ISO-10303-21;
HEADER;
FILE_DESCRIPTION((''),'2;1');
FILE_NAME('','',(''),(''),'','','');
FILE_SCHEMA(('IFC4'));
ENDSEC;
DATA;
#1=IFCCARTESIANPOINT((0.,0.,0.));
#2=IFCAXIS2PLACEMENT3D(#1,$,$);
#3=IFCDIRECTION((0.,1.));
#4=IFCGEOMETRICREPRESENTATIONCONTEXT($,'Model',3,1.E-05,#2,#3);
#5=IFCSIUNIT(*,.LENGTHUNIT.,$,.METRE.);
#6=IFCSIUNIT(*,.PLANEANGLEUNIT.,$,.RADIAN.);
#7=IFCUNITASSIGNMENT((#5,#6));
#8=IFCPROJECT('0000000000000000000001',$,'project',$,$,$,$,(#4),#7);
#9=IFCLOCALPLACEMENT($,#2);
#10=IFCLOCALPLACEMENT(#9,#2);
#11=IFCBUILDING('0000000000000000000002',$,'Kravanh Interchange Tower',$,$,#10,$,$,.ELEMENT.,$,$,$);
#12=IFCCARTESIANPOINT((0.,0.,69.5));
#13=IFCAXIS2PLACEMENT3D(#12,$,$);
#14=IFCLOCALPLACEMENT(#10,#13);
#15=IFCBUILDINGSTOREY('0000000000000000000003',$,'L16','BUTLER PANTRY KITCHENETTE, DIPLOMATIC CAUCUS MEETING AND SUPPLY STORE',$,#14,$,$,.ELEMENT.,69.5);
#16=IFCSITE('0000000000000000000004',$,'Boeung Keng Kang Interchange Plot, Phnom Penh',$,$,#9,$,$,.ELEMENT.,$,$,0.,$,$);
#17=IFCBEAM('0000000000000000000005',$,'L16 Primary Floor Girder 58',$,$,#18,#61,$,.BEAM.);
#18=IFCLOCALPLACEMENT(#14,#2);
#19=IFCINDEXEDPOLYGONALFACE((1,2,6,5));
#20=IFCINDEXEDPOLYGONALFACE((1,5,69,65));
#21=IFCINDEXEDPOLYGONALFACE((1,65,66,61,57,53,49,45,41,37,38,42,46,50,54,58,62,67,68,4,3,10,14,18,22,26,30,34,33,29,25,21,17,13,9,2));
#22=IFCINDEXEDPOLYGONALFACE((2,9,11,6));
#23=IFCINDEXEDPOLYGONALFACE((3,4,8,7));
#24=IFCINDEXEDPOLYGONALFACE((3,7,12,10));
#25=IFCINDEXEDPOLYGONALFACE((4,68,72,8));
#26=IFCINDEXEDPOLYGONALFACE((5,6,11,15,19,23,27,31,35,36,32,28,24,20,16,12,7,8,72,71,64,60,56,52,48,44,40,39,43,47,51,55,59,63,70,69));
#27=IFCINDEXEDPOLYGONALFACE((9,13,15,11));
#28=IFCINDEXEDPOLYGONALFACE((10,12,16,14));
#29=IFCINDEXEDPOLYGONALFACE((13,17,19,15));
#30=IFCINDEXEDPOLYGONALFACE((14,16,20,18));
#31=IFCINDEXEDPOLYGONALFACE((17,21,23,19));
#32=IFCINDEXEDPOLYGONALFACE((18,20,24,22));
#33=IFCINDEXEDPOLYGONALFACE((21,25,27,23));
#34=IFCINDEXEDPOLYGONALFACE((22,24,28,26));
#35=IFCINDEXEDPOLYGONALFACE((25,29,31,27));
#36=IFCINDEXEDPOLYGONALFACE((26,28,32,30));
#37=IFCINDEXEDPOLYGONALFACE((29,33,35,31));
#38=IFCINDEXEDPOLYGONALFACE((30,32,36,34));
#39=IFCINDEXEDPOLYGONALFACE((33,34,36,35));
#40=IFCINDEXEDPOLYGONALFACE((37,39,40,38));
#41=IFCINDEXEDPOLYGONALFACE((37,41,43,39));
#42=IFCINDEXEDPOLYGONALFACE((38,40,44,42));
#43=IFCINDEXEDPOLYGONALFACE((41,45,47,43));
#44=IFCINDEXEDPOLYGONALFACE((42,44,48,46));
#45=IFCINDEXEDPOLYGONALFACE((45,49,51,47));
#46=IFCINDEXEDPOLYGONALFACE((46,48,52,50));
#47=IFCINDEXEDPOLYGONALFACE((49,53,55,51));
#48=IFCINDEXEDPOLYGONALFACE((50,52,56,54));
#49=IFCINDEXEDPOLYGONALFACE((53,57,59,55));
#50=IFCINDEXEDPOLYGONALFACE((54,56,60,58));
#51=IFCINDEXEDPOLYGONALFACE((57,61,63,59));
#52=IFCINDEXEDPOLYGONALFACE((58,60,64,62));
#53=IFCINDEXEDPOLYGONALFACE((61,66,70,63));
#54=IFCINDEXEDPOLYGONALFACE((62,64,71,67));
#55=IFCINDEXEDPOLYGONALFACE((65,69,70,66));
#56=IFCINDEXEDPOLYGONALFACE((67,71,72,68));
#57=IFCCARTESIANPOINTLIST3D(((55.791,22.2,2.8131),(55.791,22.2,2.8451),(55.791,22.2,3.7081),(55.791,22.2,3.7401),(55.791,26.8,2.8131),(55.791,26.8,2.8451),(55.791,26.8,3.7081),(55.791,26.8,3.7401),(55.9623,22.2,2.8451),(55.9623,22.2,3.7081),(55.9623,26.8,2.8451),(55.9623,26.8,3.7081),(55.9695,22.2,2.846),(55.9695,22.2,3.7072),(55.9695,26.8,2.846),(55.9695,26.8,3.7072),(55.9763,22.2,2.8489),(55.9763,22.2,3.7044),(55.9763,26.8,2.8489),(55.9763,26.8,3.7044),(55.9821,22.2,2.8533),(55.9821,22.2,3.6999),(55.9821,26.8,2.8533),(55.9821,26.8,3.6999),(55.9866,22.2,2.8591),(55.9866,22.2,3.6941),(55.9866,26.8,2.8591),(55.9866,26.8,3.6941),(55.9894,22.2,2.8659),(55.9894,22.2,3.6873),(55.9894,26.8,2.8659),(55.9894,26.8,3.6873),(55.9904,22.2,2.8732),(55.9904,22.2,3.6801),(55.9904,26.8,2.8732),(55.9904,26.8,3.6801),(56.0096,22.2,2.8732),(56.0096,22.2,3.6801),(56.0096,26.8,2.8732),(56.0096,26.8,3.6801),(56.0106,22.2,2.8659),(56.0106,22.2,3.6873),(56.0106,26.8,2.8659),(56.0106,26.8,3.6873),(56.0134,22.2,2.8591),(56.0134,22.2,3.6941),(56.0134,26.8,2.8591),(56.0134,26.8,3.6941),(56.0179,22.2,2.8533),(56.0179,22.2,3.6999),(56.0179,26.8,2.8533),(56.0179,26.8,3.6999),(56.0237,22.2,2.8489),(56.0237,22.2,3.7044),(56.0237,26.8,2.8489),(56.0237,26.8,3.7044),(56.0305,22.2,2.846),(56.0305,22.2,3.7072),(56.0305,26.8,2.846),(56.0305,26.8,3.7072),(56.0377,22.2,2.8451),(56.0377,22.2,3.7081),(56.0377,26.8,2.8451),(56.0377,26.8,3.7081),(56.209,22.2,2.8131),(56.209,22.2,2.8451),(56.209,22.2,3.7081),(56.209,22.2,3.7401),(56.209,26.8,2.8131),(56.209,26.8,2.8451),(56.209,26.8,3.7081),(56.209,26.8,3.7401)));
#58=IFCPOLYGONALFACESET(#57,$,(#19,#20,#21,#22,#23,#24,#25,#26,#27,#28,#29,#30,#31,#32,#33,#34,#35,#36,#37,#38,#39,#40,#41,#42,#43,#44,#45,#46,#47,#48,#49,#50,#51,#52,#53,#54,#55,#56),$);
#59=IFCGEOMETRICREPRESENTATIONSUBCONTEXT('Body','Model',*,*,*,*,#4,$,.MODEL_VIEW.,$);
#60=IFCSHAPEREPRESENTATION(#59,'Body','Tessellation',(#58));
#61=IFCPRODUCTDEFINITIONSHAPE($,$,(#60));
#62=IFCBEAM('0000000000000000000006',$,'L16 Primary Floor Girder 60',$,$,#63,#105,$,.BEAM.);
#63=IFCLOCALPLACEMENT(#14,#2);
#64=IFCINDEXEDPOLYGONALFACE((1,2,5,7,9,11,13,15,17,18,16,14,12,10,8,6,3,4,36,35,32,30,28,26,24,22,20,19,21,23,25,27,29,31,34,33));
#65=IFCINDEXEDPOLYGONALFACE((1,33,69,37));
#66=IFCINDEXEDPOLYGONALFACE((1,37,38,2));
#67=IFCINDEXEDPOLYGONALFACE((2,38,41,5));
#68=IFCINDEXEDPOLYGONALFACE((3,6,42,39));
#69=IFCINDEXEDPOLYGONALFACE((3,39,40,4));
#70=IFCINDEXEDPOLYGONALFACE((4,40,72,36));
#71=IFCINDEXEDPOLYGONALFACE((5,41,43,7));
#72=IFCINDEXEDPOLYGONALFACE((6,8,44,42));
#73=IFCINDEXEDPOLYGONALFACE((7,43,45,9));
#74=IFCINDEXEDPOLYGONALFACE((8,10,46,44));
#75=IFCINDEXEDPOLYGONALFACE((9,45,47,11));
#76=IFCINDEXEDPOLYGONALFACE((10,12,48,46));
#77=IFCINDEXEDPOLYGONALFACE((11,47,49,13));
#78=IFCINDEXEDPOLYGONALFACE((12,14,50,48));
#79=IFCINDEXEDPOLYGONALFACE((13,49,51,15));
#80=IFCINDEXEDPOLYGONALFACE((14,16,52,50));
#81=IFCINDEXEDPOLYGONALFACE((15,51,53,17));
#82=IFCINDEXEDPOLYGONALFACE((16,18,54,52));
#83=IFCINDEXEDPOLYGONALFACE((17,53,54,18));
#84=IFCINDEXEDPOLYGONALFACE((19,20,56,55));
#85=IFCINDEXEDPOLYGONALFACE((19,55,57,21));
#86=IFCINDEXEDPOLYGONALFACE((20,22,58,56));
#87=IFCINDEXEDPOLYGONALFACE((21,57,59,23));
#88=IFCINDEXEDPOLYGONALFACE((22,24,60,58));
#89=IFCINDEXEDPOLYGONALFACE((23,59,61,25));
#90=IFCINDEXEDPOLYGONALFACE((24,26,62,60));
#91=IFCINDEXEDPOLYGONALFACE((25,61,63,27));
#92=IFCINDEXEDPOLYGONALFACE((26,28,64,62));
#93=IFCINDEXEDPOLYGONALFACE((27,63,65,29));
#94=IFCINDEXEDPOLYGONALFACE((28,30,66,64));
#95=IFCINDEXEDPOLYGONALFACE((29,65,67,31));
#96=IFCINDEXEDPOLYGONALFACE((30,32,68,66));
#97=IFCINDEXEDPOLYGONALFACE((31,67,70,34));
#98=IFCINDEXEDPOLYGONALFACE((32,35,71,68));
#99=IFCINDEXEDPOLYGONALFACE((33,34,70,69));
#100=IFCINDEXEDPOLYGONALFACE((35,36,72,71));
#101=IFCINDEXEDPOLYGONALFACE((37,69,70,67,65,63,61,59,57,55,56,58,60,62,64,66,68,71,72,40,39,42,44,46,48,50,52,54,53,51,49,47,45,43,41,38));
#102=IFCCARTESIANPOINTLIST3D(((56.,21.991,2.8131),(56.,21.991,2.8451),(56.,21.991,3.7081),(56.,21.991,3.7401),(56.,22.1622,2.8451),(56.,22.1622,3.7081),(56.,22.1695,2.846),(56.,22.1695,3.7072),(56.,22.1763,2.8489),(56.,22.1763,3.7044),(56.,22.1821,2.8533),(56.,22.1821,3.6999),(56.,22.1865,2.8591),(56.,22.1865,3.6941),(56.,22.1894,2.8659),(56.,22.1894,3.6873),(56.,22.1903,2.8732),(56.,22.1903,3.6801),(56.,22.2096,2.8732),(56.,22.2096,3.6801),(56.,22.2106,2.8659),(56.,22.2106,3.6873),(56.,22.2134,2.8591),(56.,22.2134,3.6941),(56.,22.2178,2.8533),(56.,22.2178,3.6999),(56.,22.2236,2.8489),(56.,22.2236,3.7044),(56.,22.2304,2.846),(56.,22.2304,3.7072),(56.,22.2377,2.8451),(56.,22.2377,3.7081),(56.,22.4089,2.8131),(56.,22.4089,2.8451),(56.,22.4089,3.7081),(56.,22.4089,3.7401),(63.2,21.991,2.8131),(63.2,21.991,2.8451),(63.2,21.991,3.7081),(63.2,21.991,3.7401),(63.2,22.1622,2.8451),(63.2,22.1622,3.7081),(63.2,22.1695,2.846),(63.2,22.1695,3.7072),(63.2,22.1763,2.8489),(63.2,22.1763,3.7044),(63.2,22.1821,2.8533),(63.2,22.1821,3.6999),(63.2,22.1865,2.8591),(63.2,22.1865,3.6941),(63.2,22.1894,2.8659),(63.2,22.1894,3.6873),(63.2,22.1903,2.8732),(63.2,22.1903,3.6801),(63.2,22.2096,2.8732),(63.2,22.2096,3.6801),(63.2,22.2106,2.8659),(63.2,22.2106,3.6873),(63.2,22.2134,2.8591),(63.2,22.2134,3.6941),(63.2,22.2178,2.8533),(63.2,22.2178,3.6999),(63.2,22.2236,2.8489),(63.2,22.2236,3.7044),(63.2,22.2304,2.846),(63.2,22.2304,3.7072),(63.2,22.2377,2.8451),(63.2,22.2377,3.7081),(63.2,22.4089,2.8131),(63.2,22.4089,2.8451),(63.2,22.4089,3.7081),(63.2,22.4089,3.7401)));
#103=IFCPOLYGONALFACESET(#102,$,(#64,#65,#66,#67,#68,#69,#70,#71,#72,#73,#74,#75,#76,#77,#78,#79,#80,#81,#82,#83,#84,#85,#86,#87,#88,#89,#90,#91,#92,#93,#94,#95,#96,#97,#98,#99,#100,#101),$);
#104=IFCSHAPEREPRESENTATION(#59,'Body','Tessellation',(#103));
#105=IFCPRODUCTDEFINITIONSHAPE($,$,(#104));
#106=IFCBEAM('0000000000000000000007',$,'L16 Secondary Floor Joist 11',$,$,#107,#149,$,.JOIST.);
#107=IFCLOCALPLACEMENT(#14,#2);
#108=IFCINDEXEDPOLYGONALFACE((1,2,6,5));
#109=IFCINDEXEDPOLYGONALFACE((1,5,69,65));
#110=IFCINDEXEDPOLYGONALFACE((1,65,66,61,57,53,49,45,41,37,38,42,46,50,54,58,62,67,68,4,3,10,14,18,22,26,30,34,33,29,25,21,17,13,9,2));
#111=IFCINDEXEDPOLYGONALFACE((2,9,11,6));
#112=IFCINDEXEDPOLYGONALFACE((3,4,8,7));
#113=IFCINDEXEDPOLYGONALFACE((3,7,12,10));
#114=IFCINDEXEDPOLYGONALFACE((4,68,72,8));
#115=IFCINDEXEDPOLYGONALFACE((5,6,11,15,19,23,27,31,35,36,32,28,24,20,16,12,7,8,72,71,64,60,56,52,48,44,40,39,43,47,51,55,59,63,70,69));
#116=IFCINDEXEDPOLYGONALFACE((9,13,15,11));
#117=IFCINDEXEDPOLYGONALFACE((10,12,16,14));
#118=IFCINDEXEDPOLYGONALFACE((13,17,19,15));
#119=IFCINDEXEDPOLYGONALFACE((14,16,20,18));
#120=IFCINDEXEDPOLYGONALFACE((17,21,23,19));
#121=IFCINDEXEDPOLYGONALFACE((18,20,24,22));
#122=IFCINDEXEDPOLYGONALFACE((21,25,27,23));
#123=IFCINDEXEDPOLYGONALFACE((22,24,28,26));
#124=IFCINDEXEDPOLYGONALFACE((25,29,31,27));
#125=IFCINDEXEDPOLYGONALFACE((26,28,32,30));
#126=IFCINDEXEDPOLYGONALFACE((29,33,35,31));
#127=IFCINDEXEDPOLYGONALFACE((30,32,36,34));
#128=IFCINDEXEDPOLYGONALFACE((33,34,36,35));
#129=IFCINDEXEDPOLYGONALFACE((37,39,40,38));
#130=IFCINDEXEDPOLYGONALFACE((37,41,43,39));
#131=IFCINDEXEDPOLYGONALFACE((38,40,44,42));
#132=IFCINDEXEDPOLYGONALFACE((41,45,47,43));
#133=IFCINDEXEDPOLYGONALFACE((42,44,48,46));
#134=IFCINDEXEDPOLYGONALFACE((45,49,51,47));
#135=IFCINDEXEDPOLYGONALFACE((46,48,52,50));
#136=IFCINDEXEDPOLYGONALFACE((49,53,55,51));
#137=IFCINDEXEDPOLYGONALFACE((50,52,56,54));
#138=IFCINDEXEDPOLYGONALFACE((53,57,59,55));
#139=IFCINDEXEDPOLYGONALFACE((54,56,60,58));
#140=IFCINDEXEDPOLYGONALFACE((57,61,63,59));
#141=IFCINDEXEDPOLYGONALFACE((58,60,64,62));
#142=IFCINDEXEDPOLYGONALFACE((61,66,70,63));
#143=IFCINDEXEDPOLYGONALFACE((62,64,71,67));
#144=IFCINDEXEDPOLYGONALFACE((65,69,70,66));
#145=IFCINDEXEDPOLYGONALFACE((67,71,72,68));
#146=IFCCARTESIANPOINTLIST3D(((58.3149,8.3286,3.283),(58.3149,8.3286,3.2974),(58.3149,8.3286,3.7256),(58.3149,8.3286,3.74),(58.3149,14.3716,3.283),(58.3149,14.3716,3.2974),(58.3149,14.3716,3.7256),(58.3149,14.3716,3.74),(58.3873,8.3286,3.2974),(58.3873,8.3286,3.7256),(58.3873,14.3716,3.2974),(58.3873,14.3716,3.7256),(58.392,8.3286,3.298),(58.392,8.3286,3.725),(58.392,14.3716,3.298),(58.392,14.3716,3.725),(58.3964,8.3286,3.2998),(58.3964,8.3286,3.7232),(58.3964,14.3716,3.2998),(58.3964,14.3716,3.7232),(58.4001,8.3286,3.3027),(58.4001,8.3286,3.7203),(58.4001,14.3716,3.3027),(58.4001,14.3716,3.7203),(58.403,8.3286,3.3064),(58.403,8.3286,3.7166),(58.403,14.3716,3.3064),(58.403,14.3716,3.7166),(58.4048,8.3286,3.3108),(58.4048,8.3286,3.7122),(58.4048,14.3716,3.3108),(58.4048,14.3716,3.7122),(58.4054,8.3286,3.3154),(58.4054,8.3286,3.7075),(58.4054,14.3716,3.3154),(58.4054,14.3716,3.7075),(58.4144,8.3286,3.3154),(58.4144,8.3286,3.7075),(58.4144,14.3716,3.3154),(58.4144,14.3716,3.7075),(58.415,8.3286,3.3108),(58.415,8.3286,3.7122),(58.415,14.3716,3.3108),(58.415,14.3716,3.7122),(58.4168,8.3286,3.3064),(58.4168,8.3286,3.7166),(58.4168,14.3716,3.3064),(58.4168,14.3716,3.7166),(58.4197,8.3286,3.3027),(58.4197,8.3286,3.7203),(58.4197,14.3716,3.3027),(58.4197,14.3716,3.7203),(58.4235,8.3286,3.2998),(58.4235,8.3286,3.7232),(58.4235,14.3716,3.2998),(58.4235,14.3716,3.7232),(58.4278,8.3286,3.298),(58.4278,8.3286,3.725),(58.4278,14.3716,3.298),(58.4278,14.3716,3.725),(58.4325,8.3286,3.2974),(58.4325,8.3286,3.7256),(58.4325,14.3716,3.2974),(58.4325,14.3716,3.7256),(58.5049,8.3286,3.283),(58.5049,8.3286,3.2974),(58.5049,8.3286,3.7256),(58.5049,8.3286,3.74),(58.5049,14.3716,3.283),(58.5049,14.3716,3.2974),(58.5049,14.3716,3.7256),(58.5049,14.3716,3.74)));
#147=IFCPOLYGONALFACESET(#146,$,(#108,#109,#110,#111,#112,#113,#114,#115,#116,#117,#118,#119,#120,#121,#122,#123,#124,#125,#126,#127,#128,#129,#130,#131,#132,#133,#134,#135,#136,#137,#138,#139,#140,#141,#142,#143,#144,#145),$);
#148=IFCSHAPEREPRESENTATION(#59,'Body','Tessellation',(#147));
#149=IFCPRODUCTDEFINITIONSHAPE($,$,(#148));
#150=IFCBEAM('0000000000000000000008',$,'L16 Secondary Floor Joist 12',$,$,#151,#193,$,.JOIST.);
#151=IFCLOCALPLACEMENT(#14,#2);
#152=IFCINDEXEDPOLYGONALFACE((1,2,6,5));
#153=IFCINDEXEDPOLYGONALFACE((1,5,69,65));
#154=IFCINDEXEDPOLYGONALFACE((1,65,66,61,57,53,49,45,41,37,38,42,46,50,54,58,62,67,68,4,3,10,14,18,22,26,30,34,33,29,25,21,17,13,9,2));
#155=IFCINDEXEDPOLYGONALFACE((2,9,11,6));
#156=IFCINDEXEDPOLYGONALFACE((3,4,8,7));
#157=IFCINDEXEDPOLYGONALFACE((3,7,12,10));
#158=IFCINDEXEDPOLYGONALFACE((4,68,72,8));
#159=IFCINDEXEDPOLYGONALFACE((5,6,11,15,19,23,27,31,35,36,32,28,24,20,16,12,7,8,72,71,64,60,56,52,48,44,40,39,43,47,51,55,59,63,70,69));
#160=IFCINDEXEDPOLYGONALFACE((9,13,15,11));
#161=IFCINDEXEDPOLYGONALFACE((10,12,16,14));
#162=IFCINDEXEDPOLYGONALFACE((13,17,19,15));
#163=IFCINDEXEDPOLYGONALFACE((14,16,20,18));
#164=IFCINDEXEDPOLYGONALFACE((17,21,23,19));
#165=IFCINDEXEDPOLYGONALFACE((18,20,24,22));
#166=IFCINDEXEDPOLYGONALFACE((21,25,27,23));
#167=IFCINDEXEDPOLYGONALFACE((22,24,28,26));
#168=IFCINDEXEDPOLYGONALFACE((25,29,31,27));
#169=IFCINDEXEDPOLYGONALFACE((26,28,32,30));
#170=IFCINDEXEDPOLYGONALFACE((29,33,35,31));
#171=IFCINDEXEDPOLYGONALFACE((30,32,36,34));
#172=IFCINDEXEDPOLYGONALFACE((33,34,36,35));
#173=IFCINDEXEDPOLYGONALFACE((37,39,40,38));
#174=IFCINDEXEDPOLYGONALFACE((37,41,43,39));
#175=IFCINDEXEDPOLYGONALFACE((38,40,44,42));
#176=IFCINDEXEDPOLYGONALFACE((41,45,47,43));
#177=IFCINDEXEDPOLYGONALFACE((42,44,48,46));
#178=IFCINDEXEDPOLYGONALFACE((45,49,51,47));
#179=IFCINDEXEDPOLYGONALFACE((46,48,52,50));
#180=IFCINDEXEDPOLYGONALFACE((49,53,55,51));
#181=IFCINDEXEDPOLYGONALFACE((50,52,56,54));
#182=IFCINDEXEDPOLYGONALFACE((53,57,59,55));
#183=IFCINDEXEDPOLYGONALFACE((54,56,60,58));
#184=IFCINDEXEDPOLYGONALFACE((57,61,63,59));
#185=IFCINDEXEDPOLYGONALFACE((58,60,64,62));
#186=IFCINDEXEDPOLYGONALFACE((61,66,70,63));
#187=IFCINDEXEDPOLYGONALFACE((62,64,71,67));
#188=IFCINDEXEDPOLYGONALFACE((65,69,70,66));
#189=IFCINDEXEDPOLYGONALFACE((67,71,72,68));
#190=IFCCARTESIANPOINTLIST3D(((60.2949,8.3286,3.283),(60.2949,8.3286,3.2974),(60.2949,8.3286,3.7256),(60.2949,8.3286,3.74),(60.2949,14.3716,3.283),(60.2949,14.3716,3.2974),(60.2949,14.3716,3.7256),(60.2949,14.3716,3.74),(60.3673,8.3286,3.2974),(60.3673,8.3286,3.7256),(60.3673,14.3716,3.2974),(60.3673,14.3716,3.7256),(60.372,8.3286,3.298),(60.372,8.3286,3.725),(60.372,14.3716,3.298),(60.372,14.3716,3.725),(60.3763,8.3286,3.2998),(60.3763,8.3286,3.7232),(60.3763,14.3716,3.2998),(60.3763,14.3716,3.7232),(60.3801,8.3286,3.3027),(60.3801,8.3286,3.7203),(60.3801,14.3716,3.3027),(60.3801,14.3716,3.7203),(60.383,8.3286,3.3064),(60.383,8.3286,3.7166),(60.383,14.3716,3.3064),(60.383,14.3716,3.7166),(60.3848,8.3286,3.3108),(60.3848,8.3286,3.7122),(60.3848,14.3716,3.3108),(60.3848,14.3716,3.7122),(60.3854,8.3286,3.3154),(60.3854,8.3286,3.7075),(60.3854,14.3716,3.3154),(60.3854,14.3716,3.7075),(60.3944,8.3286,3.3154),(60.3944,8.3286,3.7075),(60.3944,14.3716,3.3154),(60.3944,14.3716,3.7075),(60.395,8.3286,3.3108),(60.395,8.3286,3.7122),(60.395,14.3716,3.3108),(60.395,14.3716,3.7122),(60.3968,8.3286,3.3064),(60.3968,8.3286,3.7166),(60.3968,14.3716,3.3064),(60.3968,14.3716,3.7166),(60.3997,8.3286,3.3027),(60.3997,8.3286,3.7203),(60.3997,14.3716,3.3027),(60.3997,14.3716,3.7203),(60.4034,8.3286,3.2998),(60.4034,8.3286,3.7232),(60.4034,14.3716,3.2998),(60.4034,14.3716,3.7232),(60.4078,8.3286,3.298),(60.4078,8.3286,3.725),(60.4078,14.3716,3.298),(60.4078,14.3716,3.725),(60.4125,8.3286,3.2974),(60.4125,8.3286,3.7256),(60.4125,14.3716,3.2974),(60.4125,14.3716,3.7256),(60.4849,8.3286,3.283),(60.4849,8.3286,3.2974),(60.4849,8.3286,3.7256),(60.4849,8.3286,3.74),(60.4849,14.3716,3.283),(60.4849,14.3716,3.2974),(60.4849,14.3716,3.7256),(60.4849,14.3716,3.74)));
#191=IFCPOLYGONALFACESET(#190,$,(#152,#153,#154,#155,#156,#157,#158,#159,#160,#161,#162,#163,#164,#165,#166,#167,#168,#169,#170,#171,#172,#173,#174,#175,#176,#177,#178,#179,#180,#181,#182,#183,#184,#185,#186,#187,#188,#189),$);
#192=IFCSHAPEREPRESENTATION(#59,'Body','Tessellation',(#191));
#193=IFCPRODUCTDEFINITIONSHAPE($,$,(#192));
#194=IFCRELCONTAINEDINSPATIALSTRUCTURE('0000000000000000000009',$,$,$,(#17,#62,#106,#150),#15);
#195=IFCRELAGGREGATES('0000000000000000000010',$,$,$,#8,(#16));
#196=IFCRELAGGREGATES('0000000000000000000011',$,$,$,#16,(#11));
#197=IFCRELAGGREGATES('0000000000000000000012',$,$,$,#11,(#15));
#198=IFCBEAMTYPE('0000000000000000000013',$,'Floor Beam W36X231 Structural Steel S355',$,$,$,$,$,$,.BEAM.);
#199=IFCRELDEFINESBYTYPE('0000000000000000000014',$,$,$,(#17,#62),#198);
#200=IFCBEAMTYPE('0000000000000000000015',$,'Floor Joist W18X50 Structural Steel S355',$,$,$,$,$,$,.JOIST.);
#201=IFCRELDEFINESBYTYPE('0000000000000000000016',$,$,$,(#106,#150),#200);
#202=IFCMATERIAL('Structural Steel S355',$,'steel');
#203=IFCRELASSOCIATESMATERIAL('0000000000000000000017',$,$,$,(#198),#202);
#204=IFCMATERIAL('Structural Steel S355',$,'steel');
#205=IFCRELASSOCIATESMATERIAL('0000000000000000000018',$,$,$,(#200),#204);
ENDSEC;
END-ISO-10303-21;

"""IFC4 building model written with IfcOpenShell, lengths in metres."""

from ifc_helpers import new_model, si_unit, direction, frame, origin, origin_2d, place, context, subcontext, project, spatial, i_section, extrude, material, material_profile, profile_set, type_object, element, save


model = new_model("IFC4")

# Units and contexts
model_context = context("Model", 3, precision=1e-05, world=origin(), true_north=direction((0.0, 1.0)))
body_context = subcontext(model_context, "Body", "Model", "MODEL_VIEW")
ifc_project = project(units=[si_unit("LENGTHUNIT", "METRE"), si_unit("PLANEANGLEUNIT", "RADIAN")], contexts=[model_context])

# Site, building, storey
site_placement = place(None, origin())
site = spatial("IfcSite", under=ifc_project, at=site_placement, Name="Boeung Keng Kang Interchange Plot, Phnom Penh", CompositionType="ELEMENT", RefElevation=0.0)
building_placement = place(site_placement, origin())
building = spatial("IfcBuilding", under=site, at=building_placement, Name="Kravanh Interchange Tower", CompositionType="ELEMENT")
storey_placement = place(building_placement, frame((0.0, 0.0, 69.5)))
storey = spatial("IfcBuildingStorey", under=building, at=storey_placement, Name="L16", Description="BUTLER PANTRY KITCHENETTE, DIPLOMATIC CAUCUS MEETING AND SUPPLY STORE", CompositionType="ELEMENT", Elevation=69.5)

# Beams
ifc_material_1 = material(Name="Structural Steel S355", Category="steel")
ifc_material_profile_1 = material_profile(ifc_material_1, i_section(OverallWidth=0.418, OverallDepth=0.927, WebThickness=0.0193, FlangeThickness=0.032, FilletRadius=0.0281, at=origin_2d()), Name="W36X231")
ifc_profile_set_1 = profile_set([ifc_material_profile_1], Name="Structural Steel S355")
beam_type_1 = type_object("IfcBeamType", Name="Floor Beam W36X231 Structural Steel S355", PredefinedType="BEAM", material=ifc_profile_set_1)
beam_1_placement = place(storey_placement, frame((56.0, 22.2, 3.2766), z_axis=(0.0, 1.0, 0.0), x_axis=(-1.0, 0.0, 0.0)))
element("IfcBeam", 1, at=beam_1_placement, inside=storey, type_object=beam_type_1, Name="L16 Primary Floor Girder 58", PredefinedType="BEAM", context=body_context, shape_type="SweptSolid", body=[
    extrude(i_section(OverallWidth=0.418, OverallDepth=0.927, WebThickness=0.0193, FlangeThickness=0.032, FilletRadius=0.0281, at=origin_2d()), origin(), (0.0, 0.0, 1.0), 4.6001),
])
beam_2_placement = place(storey_placement, frame((56.0, 22.2, 3.2766), z_axis=(1.0, 0.0, 0.0), x_axis=(0.0, 1.0, 0.0)))
element("IfcBeam", 2, at=beam_2_placement, inside=storey, type_object=beam_type_1, Name="L16 Primary Floor Girder 60", PredefinedType="BEAM", context=body_context, shape_type="SweptSolid", body=[
    extrude(i_section(OverallWidth=0.418, OverallDepth=0.927, WebThickness=0.0193, FlangeThickness=0.032, FilletRadius=0.0281, at=origin_2d()), origin(), (0.0, 0.0, 1.0), 7.2),
])
ifc_material_2 = material(Name="Structural Steel S355", Category="steel")
ifc_material_profile_2 = material_profile(ifc_material_2, i_section(OverallWidth=0.1899, OverallDepth=0.457, WebThickness=0.009, FlangeThickness=0.0144, FilletRadius=0.0181, at=origin_2d()), Name="W18X50")
ifc_profile_set_2 = profile_set([ifc_material_profile_2], Name="Structural Steel S355")
beam_type_2 = type_object("IfcBeamType", Name="Floor Joist W18X50 Structural Steel S355", PredefinedType="JOIST", material=ifc_profile_set_2)
for number, where, z_axis, x_axis, name in (
    (3, (58.4099, 8.3286, 3.5115), (0.0, 1.0, 0.0), (-1.0, 0.0, 0.0), "L16 Secondary Floor Joist 11"),
    (4, (60.3899, 8.3286, 3.5115), (0.0, 1.0, 0.0), (-1.0, 0.0, 0.0), "L16 Secondary Floor Joist 12"),
):
    element("IfcBeam", number, at=place(storey_placement, frame(where, z_axis=z_axis, x_axis=x_axis)), inside=storey, type_object=beam_type_2, Name=name, PredefinedType="JOIST", context=body_context, shape_type="SweptSolid", body=[
        extrude(i_section(OverallWidth=0.1899, OverallDepth=0.457, WebThickness=0.009, FlangeThickness=0.0144, FilletRadius=0.0181, at=origin_2d()), origin(), (0.0, 0.0, 1.0), 6.043),
    ])

save(model, "model.ifc")
